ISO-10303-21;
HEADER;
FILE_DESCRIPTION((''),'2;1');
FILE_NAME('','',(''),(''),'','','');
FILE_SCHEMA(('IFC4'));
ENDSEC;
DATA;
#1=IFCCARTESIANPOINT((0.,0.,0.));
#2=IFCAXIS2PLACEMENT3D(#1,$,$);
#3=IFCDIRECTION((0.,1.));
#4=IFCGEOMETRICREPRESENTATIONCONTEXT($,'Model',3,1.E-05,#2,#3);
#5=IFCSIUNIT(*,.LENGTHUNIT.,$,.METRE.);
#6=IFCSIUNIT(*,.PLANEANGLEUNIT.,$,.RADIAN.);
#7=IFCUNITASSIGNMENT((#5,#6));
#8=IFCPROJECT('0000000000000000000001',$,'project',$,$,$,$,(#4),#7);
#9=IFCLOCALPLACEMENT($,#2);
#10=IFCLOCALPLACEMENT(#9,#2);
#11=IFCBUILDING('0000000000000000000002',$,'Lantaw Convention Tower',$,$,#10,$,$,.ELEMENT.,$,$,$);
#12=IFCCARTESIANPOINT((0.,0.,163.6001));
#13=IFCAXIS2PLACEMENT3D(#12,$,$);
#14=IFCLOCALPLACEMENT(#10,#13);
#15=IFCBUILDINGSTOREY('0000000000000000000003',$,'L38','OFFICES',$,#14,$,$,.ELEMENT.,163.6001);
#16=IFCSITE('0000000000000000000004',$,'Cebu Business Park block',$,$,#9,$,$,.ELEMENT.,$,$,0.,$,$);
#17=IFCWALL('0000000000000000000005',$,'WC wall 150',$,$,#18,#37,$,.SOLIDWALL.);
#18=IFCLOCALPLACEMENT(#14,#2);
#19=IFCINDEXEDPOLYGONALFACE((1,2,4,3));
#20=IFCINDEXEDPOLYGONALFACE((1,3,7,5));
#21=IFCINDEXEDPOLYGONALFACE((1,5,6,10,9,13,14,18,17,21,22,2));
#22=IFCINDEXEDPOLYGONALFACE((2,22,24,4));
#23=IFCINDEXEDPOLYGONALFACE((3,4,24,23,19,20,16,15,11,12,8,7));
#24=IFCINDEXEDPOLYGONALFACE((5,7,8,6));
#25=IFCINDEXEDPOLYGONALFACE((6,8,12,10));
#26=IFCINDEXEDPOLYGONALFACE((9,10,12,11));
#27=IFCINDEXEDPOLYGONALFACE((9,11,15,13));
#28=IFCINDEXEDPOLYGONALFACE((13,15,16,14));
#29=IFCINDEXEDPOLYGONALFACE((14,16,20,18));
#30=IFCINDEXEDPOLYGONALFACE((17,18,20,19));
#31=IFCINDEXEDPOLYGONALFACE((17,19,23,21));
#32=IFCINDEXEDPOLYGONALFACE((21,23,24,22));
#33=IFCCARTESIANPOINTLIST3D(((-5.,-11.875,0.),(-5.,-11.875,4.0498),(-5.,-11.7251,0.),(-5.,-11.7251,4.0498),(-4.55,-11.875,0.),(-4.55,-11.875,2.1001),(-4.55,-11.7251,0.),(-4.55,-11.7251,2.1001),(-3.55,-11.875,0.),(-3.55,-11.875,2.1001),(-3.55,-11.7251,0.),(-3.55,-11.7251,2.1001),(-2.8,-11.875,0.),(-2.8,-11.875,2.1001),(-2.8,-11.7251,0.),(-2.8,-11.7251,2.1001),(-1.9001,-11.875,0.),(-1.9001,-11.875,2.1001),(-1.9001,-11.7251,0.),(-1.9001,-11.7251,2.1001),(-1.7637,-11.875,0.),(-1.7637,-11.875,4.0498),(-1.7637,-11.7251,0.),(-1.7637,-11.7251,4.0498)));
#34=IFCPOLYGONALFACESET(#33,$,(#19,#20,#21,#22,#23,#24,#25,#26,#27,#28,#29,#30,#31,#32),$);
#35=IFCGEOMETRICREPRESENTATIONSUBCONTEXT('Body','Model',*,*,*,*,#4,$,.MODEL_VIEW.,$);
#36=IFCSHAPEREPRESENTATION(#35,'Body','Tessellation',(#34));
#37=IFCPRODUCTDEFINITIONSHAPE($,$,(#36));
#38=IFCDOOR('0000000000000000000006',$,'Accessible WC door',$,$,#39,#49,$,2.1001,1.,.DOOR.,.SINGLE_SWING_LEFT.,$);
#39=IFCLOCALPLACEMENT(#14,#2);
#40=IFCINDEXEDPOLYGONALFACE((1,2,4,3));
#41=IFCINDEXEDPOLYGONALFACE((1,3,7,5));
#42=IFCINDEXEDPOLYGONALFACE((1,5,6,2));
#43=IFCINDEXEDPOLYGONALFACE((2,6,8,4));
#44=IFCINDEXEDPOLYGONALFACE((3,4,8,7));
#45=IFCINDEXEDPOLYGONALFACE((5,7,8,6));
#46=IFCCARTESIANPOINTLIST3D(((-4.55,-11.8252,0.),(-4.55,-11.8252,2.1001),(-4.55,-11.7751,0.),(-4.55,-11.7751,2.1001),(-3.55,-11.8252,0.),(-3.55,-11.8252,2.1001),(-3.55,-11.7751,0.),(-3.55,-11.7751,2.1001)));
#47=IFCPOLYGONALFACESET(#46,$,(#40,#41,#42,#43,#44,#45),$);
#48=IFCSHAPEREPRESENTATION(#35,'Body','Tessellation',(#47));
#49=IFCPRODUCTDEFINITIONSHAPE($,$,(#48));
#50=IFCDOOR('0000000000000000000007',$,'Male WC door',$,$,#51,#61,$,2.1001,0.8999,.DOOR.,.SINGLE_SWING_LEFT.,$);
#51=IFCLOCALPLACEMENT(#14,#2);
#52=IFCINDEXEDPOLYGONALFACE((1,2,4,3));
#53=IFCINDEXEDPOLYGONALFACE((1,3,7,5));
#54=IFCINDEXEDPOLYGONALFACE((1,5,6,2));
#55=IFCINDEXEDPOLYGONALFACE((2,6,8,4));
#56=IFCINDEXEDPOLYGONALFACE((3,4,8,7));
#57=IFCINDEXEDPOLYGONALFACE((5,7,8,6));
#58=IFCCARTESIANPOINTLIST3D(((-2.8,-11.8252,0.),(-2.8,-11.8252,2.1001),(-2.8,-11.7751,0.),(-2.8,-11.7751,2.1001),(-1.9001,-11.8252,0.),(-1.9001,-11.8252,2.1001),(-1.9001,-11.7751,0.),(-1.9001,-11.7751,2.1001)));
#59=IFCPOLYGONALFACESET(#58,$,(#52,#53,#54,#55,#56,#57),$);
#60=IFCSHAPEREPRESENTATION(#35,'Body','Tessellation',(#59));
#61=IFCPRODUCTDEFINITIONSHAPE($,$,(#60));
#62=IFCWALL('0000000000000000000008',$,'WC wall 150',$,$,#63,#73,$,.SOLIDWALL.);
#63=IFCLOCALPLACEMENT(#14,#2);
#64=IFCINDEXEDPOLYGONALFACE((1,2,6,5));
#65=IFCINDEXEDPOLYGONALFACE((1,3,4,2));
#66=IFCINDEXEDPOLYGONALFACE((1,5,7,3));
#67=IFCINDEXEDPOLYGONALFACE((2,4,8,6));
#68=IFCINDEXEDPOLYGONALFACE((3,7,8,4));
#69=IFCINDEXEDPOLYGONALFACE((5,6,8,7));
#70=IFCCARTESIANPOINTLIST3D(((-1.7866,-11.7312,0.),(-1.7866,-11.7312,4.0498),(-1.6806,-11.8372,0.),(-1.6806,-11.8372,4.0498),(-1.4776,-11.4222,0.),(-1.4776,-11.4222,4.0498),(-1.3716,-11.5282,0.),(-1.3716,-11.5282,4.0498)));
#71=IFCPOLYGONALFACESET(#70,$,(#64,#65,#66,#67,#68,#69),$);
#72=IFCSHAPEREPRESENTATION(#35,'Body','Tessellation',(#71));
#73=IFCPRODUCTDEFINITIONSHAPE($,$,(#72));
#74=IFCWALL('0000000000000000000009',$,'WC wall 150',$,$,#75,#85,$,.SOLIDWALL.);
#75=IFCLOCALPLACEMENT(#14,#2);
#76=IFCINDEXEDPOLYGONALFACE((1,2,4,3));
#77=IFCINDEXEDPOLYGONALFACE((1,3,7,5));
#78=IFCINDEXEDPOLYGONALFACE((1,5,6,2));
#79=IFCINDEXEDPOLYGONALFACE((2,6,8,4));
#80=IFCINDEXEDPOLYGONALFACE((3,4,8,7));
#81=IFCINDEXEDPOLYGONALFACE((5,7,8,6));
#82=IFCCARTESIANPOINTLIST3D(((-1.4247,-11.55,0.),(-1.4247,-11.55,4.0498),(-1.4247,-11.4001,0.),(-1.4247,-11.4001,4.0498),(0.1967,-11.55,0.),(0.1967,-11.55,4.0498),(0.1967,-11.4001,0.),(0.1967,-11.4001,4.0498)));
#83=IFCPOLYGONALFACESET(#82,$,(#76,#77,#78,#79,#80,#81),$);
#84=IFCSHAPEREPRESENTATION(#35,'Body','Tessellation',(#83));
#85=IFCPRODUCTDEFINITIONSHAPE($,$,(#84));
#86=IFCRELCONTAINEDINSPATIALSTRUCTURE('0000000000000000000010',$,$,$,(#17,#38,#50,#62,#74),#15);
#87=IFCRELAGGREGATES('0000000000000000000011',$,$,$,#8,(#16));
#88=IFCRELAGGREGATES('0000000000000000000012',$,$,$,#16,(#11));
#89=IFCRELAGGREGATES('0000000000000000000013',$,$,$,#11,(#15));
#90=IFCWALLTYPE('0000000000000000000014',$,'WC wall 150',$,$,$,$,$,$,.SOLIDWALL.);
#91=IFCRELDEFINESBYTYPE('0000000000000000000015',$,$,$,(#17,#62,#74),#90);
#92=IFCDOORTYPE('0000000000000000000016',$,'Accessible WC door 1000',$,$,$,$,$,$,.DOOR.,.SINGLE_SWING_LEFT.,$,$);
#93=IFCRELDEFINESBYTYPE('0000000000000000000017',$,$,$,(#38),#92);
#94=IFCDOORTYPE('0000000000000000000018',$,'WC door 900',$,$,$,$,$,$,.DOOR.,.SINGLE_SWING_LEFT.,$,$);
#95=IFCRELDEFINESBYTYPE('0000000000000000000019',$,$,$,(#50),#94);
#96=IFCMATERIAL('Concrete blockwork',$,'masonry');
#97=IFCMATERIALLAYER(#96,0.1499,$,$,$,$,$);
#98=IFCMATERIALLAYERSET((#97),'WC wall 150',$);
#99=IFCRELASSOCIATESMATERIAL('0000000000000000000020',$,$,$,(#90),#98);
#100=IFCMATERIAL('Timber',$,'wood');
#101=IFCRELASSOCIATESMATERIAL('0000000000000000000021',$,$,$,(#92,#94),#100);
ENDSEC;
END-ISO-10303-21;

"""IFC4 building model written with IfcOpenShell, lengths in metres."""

from ifc_helpers import new_model, si_unit, direction, frame, frame_2d, origin, place, context, subcontext, project, spatial, rectangle, extrude, material, layer, layer_set, type_object, element, fill, save


model = new_model("IFC4")

# Units and contexts
model_context = context("Model", 3, precision=1e-05, world=origin(), true_north=direction((0.0, 1.0)))
body_context = subcontext(model_context, "Body", "Model", "MODEL_VIEW")
ifc_project = project(units=[si_unit("LENGTHUNIT", "METRE"), si_unit("PLANEANGLEUNIT", "RADIAN")], contexts=[model_context])

# Site, building, storey
site_placement = place(None, origin())
site = spatial("IfcSite", under=ifc_project, at=site_placement, Name="Cebu Business Park block", CompositionType="ELEMENT", RefElevation=0.0)
building_placement = place(site_placement, origin())
building = spatial("IfcBuilding", under=site, at=building_placement, Name="Lantaw Convention Tower", CompositionType="ELEMENT")
storey_placement = place(building_placement, frame((0.0, 0.0, 163.6001)))
storey = spatial("IfcBuildingStorey", under=building, at=storey_placement, Name="L38", Description="OFFICES", CompositionType="ELEMENT", Elevation=163.6001)

# Wall, openings, doors
ifc_material_1 = material(Name="Concrete blockwork", Category="masonry")
ifc_layer_1 = layer(ifc_material_1, 0.1499)
ifc_layer_set_1 = layer_set([ifc_layer_1], Name="WC wall 150")
wall_type_1 = type_object("IfcWallType", Name="WC wall 150", PredefinedType="SOLIDWALL", material=ifc_layer_set_1)
wall_1_placement = place(storey_placement, frame((-5.0, -11.8, 0.0), z_axis=(0.0, 0.0, 1.0), x_axis=(1.0, 0.0, 0.0)))
wall_1 = element("IfcWall", 1, at=wall_1_placement, inside=storey, type_object=wall_type_1, Name="WC wall 150", PredefinedType="SOLIDWALL", context=body_context, shape_type="SweptSolid", body=[
    extrude(rectangle(XDim=3.2363, YDim=0.1499, at=frame_2d((1.6182, 0.0))), origin(), (0.0, 0.0, 1.0), 4.0498),
])
opening_1_placement = place(wall_1_placement, frame((0.45, 0.0, 0.0)))
opening_1 = element("IfcOpeningElement", 2, at=opening_1_placement, cuts=wall_1, PredefinedType="OPENING", context=body_context, shape_type="SweptSolid", body=[
    extrude(rectangle(XDim=1.0, YDim=2.1001, at=frame_2d((0.5, 1.05))), frame((0.0, 0.085, 0.0), z_axis=(0.0, -1.0, 0.0), x_axis=(1.0, 0.0, 0.0)), (0.0, 0.0, 1.0), 0.1699),
])
opening_2_placement = place(wall_1_placement, frame((2.2, 0.0, 0.0)))
opening_2 = element("IfcOpeningElement", 3, at=opening_2_placement, cuts=wall_1, PredefinedType="OPENING", context=body_context, shape_type="SweptSolid", body=[
    extrude(rectangle(XDim=0.8999, YDim=2.1001, at=frame_2d((0.45, 1.05))), frame((0.0, 0.085, 0.0), z_axis=(0.0, -1.0, 0.0), x_axis=(1.0, 0.0, 0.0)), (0.0, 0.0, 1.0), 0.1699),
])
ifc_material_2 = material(Name="Timber", Category="wood")
door_type_1 = type_object("IfcDoorType", Name="Accessible WC door 1000", OperationType="SINGLE_SWING_LEFT", PredefinedType="DOOR", material=ifc_material_2)
door_1_placement = place(opening_1_placement, origin())
door_1 = element("IfcDoor", 4, at=door_1_placement, inside=storey, type_object=door_type_1, Name="Accessible WC door", OperationType="SINGLE_SWING_LEFT", OverallHeight=2.1001, OverallWidth=1.0, PredefinedType="DOOR", context=body_context, shape_type="SweptSolid", body=[
    extrude(rectangle(XDim=1.0, YDim=2.1001, at=frame_2d((0.5, 1.05))), frame((0.0, 0.0249, 0.0), z_axis=(0.0, -1.0, 0.0), x_axis=(1.0, 0.0, 0.0)), (0.0, 0.0, 1.0), 0.05),
])
fill(opening_1, door_1)
door_type_2 = type_object("IfcDoorType", Name="WC door 900", OperationType="SINGLE_SWING_LEFT", PredefinedType="DOOR", material=ifc_material_2)
door_2_placement = place(opening_2_placement, origin())
door_2 = element("IfcDoor", 5, at=door_2_placement, inside=storey, type_object=door_type_2, Name="Male WC door", OperationType="SINGLE_SWING_LEFT", OverallHeight=2.1001, OverallWidth=0.8999, PredefinedType="DOOR", context=body_context, shape_type="SweptSolid", body=[
    extrude(rectangle(XDim=0.8999, YDim=2.1001, at=frame_2d((0.45, 1.05))), frame((0.0, 0.0249, 0.0), z_axis=(0.0, -1.0, 0.0), x_axis=(1.0, 0.0, 0.0)), (0.0, 0.0, 1.0), 0.05),
])
fill(opening_2, door_2)

# Walls
wall_2_placement = place(storey_placement, frame((-1.7336, -11.7842, 0.0), z_axis=(0.0, 0.0, 1.0), x_axis=(0.707107, 0.707107, 0.0)))
element("IfcWall", 6, at=wall_2_placement, inside=storey, type_object=wall_type_1, Name="WC wall 150", PredefinedType="SOLIDWALL", context=body_context, shape_type="SweptSolid", body=[
    extrude(rectangle(XDim=0.437, YDim=0.1499, at=frame_2d((0.2185, 0.0))), origin(), (0.0, 0.0, 1.0), 4.0498),
])
wall_3_placement = place(storey_placement, frame((-1.4246, -11.4751, 0.0), z_axis=(0.0, 0.0, 1.0), x_axis=(1.0, 0.0, 0.0)))
element("IfcWall", 7, at=wall_3_placement, inside=storey, type_object=wall_type_1, Name="WC wall 150", PredefinedType="SOLIDWALL", context=body_context, shape_type="SweptSolid", body=[
    extrude(rectangle(XDim=1.6213, YDim=0.1499, at=frame_2d((0.8105, 0.0))), origin(), (0.0, 0.0, 1.0), 4.0498),
])

save(model, "model.ifc")
